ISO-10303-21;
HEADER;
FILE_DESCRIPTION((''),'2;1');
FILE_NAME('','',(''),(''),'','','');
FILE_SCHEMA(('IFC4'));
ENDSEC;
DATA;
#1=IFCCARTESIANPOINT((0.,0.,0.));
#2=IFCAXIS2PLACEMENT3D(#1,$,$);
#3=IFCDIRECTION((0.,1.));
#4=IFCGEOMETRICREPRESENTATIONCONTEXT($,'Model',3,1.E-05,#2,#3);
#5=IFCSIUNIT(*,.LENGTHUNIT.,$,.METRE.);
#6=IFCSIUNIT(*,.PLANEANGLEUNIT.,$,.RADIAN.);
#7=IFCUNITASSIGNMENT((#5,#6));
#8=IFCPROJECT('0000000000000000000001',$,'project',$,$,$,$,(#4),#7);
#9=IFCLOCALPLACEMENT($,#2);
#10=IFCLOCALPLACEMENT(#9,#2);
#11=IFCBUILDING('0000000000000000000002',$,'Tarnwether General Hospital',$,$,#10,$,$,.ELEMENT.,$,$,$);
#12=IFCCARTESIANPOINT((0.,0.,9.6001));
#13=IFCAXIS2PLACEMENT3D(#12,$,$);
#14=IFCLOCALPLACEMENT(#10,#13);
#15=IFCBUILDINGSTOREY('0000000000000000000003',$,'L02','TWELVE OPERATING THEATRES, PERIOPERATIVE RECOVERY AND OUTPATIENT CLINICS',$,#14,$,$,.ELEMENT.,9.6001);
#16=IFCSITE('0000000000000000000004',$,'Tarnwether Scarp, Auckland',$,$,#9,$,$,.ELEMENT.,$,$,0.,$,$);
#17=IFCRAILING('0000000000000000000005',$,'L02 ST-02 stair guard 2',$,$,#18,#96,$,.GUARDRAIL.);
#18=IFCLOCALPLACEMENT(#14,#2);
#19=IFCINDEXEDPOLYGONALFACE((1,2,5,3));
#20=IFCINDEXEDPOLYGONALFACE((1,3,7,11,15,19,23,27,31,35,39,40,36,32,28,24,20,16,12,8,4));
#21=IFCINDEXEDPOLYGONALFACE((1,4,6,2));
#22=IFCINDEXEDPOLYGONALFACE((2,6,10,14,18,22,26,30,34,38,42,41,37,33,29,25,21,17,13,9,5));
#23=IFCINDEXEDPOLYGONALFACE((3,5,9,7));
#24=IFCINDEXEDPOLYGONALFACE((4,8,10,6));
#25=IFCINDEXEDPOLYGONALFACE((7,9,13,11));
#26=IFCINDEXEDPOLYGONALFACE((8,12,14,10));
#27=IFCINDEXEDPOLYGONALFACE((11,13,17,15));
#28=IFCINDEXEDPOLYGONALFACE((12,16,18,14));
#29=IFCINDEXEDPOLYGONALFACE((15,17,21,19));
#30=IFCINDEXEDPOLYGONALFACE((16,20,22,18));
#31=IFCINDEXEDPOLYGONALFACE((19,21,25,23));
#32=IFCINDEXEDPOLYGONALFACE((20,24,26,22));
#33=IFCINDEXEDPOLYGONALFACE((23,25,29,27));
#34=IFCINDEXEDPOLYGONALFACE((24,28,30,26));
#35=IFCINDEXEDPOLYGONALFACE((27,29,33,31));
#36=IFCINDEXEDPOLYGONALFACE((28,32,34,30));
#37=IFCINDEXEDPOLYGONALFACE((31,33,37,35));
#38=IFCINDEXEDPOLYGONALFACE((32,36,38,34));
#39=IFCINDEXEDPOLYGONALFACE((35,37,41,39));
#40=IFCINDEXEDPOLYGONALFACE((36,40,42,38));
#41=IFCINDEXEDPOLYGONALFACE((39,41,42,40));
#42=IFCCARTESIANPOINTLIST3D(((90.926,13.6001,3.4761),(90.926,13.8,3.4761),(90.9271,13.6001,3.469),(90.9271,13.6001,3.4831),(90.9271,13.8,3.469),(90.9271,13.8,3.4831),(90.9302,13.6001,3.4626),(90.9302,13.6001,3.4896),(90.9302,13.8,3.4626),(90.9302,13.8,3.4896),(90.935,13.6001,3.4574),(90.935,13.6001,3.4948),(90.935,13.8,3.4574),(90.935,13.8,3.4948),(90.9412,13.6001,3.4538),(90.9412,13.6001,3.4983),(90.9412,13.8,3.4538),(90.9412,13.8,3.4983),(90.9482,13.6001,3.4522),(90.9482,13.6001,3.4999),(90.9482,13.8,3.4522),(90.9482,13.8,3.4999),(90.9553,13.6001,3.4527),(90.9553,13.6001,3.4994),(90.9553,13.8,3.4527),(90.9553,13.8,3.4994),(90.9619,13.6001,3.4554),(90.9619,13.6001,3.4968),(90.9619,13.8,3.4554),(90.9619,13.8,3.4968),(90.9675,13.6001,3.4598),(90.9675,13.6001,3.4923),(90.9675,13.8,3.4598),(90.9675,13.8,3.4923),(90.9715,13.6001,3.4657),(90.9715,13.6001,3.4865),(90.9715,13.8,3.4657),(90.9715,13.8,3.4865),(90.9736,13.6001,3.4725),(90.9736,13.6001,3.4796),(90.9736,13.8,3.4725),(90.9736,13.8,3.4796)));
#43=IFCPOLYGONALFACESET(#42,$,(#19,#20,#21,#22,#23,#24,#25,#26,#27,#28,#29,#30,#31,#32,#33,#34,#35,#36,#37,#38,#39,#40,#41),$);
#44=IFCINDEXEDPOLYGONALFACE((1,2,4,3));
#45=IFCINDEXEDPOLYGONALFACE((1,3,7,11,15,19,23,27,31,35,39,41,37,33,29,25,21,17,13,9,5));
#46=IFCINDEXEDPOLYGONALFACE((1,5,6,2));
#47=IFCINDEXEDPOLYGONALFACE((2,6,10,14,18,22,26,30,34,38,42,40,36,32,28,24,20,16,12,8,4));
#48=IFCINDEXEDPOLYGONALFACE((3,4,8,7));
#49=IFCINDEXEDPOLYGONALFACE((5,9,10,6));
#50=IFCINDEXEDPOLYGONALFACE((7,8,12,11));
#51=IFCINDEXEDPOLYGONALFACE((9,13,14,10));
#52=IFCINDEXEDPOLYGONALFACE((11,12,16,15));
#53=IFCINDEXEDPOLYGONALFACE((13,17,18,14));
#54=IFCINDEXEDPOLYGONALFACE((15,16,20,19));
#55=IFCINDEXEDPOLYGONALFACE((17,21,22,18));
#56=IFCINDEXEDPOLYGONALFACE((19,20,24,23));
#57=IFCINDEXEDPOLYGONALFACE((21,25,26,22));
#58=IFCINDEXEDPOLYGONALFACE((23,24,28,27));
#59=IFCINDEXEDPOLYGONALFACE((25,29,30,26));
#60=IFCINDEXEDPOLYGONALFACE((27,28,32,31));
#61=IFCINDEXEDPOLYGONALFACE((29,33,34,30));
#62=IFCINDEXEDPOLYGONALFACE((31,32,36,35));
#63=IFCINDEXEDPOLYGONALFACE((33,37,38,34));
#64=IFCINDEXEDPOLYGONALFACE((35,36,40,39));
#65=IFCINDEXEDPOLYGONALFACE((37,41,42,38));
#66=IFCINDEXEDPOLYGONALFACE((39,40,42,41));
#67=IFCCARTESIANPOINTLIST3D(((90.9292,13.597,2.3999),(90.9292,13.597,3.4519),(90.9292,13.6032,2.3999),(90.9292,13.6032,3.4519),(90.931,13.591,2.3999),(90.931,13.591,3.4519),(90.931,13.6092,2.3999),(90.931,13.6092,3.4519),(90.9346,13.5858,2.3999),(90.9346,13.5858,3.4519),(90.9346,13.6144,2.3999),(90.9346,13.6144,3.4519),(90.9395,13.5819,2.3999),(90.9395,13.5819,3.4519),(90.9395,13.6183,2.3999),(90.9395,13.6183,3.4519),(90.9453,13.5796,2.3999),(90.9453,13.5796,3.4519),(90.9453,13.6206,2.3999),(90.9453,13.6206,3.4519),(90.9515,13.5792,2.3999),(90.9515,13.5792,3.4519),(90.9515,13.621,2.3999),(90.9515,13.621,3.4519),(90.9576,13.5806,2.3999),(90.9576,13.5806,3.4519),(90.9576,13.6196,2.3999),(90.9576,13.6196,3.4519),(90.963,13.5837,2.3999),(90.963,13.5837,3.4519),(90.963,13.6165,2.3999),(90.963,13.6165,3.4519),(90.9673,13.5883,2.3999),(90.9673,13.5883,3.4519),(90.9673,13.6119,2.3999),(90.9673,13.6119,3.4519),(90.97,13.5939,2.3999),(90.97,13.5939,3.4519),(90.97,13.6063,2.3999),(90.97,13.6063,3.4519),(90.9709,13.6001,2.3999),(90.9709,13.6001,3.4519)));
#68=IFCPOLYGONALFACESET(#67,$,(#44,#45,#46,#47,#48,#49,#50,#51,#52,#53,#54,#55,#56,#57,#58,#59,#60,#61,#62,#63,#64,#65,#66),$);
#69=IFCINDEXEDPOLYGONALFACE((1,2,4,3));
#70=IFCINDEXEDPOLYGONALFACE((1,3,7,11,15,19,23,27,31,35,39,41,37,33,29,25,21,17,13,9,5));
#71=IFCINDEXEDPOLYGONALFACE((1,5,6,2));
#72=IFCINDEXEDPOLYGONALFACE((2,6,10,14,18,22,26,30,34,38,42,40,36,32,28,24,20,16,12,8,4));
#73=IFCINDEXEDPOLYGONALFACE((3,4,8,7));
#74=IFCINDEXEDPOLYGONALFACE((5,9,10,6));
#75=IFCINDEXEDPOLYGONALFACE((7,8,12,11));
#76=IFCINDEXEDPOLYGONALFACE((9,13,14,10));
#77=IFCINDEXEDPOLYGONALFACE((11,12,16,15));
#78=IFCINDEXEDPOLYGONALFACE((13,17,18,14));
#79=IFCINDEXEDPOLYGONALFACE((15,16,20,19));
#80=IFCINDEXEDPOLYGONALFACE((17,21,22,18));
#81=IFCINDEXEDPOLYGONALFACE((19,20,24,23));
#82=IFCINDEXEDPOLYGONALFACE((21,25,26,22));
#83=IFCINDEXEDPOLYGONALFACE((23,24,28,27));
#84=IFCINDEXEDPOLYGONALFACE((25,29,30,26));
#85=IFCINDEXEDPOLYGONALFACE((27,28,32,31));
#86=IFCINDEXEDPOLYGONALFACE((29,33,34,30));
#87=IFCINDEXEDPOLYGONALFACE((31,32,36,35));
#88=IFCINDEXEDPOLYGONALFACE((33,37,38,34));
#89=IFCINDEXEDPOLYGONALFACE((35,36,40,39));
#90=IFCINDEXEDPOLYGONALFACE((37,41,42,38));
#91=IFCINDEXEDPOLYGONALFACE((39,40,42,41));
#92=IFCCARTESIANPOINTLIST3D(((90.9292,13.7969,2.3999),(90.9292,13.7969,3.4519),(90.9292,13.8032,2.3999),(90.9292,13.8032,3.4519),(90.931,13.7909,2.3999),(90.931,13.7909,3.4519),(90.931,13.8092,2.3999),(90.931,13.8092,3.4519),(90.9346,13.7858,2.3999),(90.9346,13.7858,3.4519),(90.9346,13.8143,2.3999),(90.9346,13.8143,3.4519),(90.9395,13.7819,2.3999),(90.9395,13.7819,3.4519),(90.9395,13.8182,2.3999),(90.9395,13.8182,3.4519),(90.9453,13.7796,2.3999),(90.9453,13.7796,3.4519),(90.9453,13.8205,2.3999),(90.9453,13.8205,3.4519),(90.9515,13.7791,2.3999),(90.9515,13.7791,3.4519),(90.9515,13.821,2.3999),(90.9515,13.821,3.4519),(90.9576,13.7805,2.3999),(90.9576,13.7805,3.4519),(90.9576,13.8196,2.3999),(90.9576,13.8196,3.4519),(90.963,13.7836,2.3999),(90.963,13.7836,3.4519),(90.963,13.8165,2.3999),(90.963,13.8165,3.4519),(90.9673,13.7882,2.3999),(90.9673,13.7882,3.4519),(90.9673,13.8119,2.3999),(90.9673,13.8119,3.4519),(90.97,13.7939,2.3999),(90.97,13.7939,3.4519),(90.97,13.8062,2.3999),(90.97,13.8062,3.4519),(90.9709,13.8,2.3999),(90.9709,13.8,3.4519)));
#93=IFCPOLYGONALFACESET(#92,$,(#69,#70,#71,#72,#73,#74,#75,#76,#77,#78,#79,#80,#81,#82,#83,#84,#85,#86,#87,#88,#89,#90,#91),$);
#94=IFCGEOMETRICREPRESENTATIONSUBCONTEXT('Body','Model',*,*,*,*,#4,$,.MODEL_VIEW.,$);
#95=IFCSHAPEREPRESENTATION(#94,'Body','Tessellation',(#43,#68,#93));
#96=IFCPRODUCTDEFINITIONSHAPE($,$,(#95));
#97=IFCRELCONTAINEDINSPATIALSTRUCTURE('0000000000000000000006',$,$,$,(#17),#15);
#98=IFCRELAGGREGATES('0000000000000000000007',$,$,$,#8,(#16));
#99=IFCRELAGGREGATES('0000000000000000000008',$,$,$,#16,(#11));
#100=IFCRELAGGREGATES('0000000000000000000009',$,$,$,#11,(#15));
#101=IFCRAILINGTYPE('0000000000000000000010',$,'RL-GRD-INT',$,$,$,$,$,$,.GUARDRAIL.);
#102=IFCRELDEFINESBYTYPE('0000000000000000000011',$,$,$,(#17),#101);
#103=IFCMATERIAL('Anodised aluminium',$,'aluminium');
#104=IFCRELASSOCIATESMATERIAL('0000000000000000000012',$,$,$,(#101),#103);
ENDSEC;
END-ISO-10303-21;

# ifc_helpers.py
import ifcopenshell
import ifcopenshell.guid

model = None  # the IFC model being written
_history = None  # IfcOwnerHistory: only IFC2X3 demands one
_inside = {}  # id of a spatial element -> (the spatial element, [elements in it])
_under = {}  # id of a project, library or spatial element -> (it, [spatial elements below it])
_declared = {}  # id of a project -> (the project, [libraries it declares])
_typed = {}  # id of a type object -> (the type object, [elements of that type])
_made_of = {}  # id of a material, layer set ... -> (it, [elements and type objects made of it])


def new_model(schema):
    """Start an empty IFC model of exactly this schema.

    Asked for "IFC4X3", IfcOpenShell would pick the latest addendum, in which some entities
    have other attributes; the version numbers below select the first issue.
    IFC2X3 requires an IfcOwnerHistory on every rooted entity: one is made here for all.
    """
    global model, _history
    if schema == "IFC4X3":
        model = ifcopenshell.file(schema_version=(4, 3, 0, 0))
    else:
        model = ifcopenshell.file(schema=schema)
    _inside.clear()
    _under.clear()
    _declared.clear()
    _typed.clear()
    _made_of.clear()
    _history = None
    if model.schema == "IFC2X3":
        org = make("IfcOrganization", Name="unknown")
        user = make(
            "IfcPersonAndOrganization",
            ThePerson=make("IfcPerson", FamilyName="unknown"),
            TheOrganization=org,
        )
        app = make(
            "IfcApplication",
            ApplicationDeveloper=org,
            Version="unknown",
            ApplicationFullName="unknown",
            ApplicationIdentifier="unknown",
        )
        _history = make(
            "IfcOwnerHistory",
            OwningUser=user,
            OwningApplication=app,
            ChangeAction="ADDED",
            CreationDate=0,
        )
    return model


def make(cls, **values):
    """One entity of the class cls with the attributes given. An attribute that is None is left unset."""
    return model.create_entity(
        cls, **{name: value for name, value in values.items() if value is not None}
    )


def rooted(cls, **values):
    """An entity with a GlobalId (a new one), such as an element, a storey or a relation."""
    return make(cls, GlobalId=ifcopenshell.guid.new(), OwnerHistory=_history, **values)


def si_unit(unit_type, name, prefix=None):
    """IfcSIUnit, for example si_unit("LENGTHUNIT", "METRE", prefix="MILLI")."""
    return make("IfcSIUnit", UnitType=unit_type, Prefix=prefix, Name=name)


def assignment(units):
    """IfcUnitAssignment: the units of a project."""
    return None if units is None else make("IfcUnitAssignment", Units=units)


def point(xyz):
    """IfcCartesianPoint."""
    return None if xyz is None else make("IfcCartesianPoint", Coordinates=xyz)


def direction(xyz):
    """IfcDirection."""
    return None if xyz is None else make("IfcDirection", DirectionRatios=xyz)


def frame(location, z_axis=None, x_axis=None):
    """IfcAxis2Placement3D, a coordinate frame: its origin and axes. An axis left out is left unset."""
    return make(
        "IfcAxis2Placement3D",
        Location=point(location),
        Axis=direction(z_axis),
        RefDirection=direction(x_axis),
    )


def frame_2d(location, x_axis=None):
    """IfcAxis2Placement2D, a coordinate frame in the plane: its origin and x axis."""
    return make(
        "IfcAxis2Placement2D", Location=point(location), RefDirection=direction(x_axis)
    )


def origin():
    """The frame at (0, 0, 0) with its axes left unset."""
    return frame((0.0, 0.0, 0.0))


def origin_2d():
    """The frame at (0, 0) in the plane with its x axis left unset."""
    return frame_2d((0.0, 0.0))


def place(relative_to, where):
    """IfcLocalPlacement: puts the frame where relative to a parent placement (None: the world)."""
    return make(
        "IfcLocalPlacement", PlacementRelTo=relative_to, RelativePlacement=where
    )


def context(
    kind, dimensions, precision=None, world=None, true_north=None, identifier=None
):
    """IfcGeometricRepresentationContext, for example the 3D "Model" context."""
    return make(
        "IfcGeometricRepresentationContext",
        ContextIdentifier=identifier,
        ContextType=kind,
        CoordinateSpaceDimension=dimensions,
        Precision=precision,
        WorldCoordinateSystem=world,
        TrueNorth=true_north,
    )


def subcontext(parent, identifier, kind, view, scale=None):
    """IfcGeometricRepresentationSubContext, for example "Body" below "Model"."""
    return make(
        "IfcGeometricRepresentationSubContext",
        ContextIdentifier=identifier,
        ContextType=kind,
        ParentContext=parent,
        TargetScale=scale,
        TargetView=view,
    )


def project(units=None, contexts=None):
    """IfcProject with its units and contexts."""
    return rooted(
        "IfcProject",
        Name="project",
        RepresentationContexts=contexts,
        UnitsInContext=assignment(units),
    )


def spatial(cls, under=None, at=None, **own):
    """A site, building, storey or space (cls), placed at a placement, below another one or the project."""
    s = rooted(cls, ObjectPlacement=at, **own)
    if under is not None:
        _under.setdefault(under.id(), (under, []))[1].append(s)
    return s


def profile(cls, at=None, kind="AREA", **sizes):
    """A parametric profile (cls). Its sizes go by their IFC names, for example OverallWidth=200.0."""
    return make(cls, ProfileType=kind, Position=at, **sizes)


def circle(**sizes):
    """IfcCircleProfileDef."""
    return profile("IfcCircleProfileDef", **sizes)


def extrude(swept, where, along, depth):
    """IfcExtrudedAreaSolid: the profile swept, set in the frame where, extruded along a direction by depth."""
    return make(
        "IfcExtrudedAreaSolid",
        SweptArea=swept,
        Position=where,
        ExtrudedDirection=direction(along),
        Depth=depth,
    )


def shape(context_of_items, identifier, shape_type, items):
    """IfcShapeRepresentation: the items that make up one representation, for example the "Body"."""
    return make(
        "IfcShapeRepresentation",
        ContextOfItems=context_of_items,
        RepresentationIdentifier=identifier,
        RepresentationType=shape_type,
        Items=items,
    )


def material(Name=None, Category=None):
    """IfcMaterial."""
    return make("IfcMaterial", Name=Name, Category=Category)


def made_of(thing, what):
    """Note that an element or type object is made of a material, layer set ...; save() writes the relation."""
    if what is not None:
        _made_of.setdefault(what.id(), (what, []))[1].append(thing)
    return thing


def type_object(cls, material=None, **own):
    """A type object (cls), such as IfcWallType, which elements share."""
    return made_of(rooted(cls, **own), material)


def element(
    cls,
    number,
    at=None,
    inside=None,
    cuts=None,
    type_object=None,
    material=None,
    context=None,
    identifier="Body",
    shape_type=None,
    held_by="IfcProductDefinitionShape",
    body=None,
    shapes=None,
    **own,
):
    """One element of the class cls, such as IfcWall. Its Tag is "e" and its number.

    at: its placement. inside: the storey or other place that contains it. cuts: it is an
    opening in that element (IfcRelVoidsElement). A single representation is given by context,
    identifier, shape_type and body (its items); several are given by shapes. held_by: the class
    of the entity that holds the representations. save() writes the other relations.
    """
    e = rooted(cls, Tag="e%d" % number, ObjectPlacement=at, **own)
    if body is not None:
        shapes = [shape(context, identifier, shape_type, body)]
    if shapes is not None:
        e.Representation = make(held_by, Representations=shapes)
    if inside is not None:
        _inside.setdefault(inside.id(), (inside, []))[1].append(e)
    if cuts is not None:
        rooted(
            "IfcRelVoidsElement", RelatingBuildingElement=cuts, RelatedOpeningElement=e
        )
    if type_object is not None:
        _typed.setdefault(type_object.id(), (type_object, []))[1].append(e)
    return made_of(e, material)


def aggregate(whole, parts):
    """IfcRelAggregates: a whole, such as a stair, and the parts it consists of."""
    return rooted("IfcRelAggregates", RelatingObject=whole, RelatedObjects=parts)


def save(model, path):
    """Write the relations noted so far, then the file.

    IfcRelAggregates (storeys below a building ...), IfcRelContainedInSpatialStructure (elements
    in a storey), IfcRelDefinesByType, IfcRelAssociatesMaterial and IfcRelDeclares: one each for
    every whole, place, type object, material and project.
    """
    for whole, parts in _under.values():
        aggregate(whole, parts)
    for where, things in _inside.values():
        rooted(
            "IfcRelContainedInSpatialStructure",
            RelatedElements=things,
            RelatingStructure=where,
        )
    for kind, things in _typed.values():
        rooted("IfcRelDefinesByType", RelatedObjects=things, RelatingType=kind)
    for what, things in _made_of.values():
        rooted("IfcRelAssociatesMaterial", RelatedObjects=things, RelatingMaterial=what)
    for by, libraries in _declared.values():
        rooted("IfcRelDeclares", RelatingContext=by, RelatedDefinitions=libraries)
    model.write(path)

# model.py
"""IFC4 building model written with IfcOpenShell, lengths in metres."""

from ifc_helpers import new_model, si_unit, direction, frame, origin, origin_2d, place, context, subcontext, project, spatial, circle, extrude, material, type_object, element, save


model = new_model("IFC4")

# Units and contexts
model_context = context("Model", 3, precision=1e-05, world=origin(), true_north=direction((0.0, 1.0)))
body_context = subcontext(model_context, "Body", "Model", "MODEL_VIEW")
ifc_project = project(units=[si_unit("LENGTHUNIT", "METRE"), si_unit("PLANEANGLEUNIT", "RADIAN")], contexts=[model_context])

# Site, building, storey
site_placement = place(None, origin())
site = spatial("IfcSite", under=ifc_project, at=site_placement, Name="Tarnwether Scarp, Auckland", CompositionType="ELEMENT", RefElevation=0.0)
building_placement = place(site_placement, origin())
building = spatial("IfcBuilding", under=site, at=building_placement, Name="Tarnwether General Hospital", CompositionType="ELEMENT")
storey_placement = place(building_placement, frame((0.0, 0.0, 9.6001)))
storey = spatial("IfcBuildingStorey", under=building, at=storey_placement, Name="L02", Description="TWELVE OPERATING THEATRES, PERIOPERATIVE RECOVERY AND OUTPATIENT CLINICS", CompositionType="ELEMENT", Elevation=9.6001)

# Railing
ifc_material_1 = material(Name="Anodised aluminium", Category="aluminium")
railing_type_1 = type_object("IfcRailingType", Name="RL-GRD-INT", PredefinedType="GUARDRAIL", material=ifc_material_1)
railing_1_placement = place(storey_placement, frame((90.95, 13.6001, 2.3999)))
element("IfcRailing", 1, at=railing_1_placement, inside=storey, type_object=railing_type_1, Name="L02 ST-02 stair guard 2", PredefinedType="GUARDRAIL", context=body_context, shape_type="SweptSolid", body=[
    extrude(circle(Radius=0.0239, at=origin_2d()), frame((0.0, 0.0, 1.0762), z_axis=(0.0, 1.0, 0.0), x_axis=(-1.0, 0.0, 0.0)), (0.0, 0.0, 1.0), 0.2),
    extrude(circle(Radius=0.021, at=origin_2d()), origin(), (0.0, 0.0, 1.0), 1.052),
    extrude(circle(Radius=0.021, at=origin_2d()), frame((0.0, 0.2, 0.0)), (0.0, 0.0, 1.0), 1.052),
])

save(model, "model.ifc")
